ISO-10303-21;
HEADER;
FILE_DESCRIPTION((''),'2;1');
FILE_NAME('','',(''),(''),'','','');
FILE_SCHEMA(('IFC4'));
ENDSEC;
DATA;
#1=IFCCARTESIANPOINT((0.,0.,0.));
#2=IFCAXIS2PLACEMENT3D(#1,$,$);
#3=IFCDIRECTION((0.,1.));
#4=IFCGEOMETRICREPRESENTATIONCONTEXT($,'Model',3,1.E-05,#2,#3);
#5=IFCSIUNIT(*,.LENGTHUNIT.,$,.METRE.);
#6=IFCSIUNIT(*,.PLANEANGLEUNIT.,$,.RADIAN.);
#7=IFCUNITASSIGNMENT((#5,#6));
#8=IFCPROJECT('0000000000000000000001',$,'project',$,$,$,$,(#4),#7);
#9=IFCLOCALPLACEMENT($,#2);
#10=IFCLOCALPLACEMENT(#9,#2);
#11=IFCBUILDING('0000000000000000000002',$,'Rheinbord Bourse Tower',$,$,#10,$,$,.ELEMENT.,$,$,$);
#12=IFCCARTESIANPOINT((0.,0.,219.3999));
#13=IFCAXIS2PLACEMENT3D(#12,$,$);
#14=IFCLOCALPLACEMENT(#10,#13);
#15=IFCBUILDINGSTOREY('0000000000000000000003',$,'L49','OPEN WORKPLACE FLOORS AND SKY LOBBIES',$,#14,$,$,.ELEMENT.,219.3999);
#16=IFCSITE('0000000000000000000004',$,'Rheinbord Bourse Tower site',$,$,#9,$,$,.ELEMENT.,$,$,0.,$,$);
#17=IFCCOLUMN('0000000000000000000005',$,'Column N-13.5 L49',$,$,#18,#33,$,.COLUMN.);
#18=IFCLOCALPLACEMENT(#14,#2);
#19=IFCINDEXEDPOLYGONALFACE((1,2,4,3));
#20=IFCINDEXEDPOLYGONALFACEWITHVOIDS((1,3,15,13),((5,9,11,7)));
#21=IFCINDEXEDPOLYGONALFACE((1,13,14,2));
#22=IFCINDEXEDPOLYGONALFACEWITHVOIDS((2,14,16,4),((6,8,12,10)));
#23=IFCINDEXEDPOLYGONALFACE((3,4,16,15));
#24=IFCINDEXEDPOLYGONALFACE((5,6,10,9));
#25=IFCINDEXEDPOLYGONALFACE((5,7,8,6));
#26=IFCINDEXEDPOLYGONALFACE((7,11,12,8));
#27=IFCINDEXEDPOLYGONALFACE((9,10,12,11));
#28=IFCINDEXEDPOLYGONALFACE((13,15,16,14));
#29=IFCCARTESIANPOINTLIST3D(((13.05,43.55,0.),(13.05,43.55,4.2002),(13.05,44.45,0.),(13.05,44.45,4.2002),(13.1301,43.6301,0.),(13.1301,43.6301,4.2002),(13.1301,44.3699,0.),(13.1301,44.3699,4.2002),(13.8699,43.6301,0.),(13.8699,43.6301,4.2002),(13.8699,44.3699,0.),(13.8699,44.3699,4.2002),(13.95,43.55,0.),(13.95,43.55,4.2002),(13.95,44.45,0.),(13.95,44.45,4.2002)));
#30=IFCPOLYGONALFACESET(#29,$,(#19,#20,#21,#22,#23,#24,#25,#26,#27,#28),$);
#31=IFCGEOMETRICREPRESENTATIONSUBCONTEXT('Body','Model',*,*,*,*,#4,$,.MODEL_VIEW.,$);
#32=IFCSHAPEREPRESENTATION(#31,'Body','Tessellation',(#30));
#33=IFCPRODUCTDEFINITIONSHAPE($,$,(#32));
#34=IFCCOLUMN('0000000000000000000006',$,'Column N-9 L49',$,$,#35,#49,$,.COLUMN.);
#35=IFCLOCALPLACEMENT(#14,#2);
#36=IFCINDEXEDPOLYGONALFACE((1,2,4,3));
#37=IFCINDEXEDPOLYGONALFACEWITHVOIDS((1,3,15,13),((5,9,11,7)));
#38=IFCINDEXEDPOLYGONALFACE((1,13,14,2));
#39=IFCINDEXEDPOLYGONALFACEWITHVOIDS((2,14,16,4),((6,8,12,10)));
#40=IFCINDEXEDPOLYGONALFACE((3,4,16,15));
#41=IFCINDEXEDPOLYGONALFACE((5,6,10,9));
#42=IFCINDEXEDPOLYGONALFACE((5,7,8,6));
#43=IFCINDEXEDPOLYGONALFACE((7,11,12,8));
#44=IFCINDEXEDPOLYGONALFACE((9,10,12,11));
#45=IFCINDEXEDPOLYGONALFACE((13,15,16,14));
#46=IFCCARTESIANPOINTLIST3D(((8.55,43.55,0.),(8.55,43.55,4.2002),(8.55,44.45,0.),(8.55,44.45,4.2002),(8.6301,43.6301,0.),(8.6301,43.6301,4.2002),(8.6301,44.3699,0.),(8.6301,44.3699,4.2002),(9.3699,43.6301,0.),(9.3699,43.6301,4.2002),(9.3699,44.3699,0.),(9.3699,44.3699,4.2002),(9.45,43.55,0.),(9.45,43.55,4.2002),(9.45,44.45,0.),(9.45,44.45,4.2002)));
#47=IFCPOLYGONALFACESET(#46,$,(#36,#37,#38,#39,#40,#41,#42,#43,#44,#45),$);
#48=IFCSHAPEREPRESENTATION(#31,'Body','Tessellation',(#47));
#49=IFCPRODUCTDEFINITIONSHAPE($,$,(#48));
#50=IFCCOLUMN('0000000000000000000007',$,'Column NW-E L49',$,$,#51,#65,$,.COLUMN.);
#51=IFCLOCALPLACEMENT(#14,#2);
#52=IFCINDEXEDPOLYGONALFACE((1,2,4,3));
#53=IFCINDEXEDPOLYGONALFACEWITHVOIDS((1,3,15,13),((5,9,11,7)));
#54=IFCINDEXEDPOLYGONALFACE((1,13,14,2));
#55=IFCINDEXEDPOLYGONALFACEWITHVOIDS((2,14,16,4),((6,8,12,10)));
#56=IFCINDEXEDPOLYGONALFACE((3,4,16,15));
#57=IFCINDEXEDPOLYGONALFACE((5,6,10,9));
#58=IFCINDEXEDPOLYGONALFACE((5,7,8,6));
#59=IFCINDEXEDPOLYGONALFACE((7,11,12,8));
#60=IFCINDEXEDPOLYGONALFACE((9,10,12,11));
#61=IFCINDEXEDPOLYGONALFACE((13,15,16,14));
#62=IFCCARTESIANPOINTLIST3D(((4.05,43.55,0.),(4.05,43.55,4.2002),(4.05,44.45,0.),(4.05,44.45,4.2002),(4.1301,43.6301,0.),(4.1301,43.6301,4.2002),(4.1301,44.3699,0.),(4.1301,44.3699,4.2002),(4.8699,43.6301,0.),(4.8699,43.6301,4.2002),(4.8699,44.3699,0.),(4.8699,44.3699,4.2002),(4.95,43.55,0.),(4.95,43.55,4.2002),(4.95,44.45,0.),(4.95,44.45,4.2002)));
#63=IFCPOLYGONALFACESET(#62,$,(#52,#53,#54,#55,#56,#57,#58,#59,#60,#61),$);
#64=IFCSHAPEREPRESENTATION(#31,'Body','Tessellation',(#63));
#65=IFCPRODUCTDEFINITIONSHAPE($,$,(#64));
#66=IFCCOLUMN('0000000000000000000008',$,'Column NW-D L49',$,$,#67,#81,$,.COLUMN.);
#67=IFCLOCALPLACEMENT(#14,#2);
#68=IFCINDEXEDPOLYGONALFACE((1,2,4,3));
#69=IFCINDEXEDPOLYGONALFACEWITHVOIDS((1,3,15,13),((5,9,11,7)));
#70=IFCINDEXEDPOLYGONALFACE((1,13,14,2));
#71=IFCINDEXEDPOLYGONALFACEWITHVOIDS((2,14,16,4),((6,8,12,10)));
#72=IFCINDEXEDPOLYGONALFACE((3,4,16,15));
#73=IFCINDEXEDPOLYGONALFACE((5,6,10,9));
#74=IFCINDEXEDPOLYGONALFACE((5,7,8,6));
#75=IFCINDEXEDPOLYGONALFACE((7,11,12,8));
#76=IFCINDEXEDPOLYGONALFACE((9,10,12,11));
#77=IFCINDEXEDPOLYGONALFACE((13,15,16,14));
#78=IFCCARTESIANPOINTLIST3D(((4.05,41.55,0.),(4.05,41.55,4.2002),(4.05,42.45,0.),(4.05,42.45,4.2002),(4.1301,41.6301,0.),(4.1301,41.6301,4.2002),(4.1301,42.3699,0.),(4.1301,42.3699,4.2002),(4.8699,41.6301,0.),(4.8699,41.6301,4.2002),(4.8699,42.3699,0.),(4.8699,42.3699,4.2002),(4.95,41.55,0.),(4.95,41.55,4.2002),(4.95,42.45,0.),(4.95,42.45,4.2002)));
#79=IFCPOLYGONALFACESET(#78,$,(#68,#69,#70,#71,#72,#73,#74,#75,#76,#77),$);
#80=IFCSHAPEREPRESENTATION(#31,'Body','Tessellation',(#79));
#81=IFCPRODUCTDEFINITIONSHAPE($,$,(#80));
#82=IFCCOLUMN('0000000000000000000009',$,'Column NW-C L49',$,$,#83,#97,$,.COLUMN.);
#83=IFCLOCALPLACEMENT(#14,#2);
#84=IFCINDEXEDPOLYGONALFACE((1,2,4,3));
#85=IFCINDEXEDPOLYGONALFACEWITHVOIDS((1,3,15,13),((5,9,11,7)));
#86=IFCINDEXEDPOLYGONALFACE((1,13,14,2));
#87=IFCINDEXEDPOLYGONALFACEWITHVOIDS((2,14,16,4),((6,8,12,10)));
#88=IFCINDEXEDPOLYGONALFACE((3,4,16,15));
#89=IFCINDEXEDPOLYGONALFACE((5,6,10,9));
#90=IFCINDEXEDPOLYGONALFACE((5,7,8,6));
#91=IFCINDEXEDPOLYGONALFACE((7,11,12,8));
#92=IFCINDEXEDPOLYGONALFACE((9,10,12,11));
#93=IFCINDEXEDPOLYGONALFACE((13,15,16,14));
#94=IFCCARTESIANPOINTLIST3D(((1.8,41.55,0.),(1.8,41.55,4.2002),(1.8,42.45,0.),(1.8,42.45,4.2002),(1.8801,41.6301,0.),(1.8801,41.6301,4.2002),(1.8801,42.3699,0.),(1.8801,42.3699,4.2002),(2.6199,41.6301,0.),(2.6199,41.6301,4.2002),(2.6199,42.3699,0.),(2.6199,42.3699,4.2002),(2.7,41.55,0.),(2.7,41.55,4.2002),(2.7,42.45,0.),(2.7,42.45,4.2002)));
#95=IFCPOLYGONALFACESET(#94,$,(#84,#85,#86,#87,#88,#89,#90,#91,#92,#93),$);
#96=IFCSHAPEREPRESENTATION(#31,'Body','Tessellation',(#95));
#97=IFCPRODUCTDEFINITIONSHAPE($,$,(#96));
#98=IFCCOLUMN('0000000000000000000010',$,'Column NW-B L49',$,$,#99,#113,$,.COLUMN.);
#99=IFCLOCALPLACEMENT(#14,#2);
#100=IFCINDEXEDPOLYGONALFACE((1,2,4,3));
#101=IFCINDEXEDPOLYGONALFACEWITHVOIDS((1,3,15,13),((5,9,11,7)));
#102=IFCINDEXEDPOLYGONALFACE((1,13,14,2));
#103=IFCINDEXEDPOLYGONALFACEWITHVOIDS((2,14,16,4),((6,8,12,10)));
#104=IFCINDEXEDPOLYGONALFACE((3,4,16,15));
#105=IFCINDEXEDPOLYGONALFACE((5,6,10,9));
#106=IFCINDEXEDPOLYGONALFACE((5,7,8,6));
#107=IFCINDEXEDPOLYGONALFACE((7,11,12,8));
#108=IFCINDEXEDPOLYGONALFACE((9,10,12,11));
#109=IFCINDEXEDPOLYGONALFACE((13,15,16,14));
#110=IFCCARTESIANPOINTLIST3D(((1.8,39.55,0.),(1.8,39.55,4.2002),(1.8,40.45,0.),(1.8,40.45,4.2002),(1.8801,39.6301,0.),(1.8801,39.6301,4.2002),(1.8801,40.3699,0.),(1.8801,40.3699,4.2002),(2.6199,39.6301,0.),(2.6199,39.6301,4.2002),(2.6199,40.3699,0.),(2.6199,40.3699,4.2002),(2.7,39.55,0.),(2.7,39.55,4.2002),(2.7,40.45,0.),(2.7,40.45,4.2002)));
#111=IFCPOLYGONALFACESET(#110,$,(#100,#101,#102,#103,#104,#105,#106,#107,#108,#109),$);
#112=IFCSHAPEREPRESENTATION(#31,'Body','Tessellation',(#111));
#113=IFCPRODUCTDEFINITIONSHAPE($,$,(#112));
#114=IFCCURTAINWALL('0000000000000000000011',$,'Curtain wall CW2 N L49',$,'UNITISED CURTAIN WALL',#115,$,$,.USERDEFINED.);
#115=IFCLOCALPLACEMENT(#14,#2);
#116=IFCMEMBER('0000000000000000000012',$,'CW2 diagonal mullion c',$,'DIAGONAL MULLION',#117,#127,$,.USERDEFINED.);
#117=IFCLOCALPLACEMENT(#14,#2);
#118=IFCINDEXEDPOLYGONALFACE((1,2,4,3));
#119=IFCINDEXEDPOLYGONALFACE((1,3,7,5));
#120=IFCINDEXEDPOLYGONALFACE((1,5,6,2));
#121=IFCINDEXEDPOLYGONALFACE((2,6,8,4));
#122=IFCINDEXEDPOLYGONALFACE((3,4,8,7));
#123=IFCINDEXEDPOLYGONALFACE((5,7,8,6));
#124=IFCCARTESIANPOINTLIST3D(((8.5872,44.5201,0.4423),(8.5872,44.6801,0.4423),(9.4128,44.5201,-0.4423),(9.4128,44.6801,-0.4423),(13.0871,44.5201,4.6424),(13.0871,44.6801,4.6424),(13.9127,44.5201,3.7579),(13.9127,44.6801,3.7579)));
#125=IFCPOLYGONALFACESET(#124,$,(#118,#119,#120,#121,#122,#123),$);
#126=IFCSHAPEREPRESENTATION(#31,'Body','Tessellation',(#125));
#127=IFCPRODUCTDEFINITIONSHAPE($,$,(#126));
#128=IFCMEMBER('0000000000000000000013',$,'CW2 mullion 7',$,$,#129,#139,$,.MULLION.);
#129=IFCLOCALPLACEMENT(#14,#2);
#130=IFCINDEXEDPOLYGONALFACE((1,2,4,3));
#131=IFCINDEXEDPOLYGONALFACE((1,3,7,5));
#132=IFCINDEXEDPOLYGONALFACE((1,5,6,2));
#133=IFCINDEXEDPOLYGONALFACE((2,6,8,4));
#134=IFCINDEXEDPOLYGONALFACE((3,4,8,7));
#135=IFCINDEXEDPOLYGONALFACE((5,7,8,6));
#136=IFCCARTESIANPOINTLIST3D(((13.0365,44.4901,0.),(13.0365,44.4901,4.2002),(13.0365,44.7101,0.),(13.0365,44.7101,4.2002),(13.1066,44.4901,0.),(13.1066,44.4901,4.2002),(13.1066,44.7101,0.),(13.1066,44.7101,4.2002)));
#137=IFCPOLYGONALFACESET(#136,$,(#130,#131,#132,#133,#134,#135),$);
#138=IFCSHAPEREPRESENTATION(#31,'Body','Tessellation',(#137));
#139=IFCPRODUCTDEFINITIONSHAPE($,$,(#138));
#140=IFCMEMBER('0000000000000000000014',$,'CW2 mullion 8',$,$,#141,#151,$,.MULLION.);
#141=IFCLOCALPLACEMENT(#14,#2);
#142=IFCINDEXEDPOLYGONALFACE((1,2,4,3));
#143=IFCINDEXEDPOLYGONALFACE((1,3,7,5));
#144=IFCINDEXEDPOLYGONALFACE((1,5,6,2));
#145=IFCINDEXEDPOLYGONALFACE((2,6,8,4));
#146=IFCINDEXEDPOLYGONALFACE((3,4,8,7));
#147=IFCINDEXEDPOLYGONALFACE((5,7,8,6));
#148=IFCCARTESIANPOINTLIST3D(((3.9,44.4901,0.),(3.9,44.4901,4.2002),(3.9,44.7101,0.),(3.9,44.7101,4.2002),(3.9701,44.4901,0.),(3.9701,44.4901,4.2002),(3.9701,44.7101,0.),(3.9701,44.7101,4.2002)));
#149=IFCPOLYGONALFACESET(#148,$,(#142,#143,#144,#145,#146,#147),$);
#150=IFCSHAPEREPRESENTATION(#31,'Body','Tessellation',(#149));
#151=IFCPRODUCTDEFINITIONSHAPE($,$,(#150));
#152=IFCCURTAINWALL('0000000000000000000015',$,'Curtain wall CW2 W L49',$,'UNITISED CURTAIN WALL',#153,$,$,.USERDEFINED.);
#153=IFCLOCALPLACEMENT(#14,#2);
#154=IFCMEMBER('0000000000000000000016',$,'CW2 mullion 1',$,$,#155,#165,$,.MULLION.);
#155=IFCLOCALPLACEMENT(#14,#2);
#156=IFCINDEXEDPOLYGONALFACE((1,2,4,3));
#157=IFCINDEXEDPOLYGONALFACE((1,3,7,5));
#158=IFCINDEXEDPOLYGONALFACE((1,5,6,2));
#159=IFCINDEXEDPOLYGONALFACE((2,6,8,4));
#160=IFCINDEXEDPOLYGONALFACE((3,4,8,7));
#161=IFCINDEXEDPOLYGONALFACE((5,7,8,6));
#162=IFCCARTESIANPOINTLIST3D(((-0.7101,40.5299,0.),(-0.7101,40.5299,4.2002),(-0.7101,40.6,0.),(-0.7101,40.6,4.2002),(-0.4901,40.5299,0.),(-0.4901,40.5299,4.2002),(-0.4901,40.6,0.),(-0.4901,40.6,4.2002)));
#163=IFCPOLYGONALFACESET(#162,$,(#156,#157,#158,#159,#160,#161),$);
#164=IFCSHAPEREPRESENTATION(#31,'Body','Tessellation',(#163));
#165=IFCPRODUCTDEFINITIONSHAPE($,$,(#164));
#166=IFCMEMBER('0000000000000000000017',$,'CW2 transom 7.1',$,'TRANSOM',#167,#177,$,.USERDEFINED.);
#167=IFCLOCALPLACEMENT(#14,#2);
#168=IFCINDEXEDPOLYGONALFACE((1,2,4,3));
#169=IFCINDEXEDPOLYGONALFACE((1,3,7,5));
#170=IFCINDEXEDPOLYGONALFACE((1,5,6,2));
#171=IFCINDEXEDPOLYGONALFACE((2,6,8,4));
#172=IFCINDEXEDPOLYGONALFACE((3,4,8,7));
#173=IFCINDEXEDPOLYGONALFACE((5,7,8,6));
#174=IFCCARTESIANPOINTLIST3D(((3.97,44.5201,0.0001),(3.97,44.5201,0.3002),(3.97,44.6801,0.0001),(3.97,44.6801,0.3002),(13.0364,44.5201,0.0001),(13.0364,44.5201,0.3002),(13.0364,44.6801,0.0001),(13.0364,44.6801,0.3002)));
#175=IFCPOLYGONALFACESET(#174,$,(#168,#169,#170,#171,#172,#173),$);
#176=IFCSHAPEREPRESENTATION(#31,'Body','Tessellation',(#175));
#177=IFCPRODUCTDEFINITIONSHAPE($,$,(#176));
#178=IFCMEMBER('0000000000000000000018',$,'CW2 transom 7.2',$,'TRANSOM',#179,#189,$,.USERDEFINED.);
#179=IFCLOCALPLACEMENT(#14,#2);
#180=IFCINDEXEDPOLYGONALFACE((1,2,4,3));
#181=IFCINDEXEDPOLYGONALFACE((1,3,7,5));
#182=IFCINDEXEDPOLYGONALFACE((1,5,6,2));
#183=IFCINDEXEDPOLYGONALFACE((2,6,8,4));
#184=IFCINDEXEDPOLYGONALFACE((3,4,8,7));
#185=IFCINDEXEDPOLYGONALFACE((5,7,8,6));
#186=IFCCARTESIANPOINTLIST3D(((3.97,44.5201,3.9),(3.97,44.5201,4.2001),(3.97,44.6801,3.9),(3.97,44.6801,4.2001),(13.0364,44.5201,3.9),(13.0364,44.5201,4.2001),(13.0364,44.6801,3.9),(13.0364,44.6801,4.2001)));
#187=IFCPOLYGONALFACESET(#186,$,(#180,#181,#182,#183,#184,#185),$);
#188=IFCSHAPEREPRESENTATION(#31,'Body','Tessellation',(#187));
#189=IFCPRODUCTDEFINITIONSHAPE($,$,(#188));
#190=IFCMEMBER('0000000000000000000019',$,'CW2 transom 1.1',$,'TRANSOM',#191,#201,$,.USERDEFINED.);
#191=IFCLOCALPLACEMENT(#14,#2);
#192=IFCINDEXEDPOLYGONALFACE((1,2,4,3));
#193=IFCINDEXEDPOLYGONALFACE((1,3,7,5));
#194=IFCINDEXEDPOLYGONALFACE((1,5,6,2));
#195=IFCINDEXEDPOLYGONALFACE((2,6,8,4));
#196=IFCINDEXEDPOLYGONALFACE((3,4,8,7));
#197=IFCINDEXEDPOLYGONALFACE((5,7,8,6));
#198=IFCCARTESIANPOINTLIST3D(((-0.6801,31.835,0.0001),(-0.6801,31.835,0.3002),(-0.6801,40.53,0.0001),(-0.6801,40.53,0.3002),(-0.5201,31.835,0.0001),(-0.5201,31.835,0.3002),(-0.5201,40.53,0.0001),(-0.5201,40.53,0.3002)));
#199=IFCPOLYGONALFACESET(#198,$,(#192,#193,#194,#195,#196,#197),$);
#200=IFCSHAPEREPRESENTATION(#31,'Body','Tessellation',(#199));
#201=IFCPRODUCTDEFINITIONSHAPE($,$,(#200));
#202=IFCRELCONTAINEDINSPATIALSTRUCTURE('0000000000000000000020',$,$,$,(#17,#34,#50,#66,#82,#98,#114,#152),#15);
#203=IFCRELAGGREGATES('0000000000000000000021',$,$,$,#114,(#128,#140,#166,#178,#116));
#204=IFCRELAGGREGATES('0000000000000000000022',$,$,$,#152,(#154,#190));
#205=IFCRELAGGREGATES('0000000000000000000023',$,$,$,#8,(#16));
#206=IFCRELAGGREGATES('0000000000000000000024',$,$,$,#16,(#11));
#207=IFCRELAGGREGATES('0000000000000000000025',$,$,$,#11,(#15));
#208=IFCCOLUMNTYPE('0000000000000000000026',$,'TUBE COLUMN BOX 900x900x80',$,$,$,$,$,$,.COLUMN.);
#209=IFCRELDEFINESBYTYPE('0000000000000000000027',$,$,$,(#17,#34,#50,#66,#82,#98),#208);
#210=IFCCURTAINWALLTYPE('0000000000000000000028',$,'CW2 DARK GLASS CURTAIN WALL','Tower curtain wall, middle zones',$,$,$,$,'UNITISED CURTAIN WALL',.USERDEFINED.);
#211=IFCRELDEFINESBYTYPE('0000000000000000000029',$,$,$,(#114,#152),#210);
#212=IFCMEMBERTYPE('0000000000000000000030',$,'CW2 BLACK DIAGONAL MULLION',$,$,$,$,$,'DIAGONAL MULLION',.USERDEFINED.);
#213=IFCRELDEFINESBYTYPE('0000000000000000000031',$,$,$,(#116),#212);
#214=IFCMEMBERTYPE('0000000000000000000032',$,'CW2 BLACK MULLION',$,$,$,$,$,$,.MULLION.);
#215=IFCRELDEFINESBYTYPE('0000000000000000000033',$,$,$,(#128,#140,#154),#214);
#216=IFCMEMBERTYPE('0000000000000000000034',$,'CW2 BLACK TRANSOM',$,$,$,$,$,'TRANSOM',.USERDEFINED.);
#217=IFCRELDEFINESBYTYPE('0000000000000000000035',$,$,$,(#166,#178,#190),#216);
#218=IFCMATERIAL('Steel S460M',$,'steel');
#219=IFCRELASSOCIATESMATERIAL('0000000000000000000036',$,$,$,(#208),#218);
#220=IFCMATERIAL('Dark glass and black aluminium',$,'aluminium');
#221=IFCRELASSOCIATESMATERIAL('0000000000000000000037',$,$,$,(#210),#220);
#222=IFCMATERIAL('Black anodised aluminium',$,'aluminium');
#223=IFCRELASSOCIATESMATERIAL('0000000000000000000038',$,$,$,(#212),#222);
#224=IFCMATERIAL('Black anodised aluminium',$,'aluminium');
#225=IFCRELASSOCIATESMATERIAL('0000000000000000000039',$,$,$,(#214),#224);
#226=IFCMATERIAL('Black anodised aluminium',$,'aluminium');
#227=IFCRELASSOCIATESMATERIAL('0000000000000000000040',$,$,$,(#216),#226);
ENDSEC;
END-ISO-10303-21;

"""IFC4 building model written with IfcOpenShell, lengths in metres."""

from ifc_helpers import new_model, si_unit, direction, frame, origin, origin_2d, place, context, subcontext, project, spatial, rectangle, hollow_rectangle, extrude, material, material_profile, profile_set, type_object, element, aggregate, save


model = new_model("IFC4")

# Units and contexts
model_context = context("Model", 3, precision=1e-05, world=origin(), true_north=direction((0.0, 1.0)))
body_context = subcontext(model_context, "Body", "Model", "MODEL_VIEW")
ifc_project = project(units=[si_unit("LENGTHUNIT", "METRE"), si_unit("PLANEANGLEUNIT", "RADIAN")], contexts=[model_context])

# Site, building, storey
site_placement = place(None, origin())
site = spatial("IfcSite", under=ifc_project, at=site_placement, Name="Rheinbord Bourse Tower site", CompositionType="ELEMENT", RefElevation=0.0)
building_placement = place(site_placement, origin())
building = spatial("IfcBuilding", under=site, at=building_placement, Name="Rheinbord Bourse Tower", CompositionType="ELEMENT")
storey_placement = place(building_placement, frame((0.0, 0.0, 219.3999)))
storey = spatial("IfcBuildingStorey", under=building, at=storey_placement, Name="L49", Description="OPEN WORKPLACE FLOORS AND SKY LOBBIES", CompositionType="ELEMENT", Elevation=219.3999)

# Columns
ifc_material_1 = material(Name="Steel S460M", Category="steel")
ifc_material_profile_1 = material_profile(ifc_material_1, hollow_rectangle(XDim=0.8999, YDim=0.8999, WallThickness=0.0801, at=origin_2d()), Name="BOX 900x900x80")
ifc_profile_set_1 = profile_set([ifc_material_profile_1], Name="Steel S460M")
column_type = type_object("IfcColumnType", Name="TUBE COLUMN BOX 900x900x80", PredefinedType="COLUMN", material=ifc_profile_set_1)
for number, where, z_axis, x_axis, name in (
    (1, (13.5, 44.0, 0.0), (0.0, 0.0, 1.0), (0.0, 1.0, 0.0), "Column N-13.5 L49"),
    (2, (9.0, 44.0, 0.0), (0.0, 0.0, 1.0), (0.0, 1.0, 0.0), "Column N-9 L49"),
    (3, (4.5, 44.0, 0.0), (0.0, 0.0, 1.0), (0.0, 1.0, 0.0), "Column NW-E L49"),
    (4, (4.5, 42.0, 0.0), (0.0, 0.0, 1.0), (0.0, 1.0, 0.0), "Column NW-D L49"),
    (5, (2.25, 42.0, 0.0), (0.0, 0.0, 1.0), (1.0, 0.0, 0.0), "Column NW-C L49"),
    (6, (2.25, 40.0, 0.0), (0.0, 0.0, 1.0), (1.0, 0.0, 0.0), "Column NW-B L49"),
):
    element("IfcColumn", number, at=place(storey_placement, frame(where, z_axis=z_axis, x_axis=x_axis)), inside=storey, type_object=column_type, Name=name, PredefinedType="COLUMN", context=body_context, shape_type="SweptSolid", body=[
        extrude(hollow_rectangle(XDim=0.8999, YDim=0.8999, WallThickness=0.0801, at=origin_2d()), origin(), (0.0, 0.0, 1.0), 4.2002),
    ])

# Curtain wall, members
ifc_material_2 = material(Name="Dark glass and black aluminium", Category="aluminium")
curtain_wall_type = type_object("IfcCurtainWallType", Name="CW2 DARK GLASS CURTAIN WALL", Description="Tower curtain wall, middle zones", ElementType="UNITISED CURTAIN WALL", PredefinedType="USERDEFINED", material=ifc_material_2)
curtain_wall_1_placement = place(storey_placement, origin())
curtain_wall_1 = element("IfcCurtainWall", 7, at=curtain_wall_1_placement, inside=storey, type_object=curtain_wall_type, Name="Curtain wall CW2 N L49", ObjectType="UNITISED CURTAIN WALL", PredefinedType="USERDEFINED")
ifc_material_3 = material(Name="Black anodised aluminium", Category="aluminium")
ifc_material_profile_2 = material_profile(ifc_material_3, rectangle(XDim=0.1599, YDim=1.21, at=origin_2d()), Name="CW2 DIAGONAL MULLION 1210x160")
ifc_profile_set_2 = profile_set([ifc_material_profile_2], Name="Black anodised aluminium")
member_type_1 = type_object("IfcMemberType", Name="CW2 BLACK DIAGONAL MULLION", ElementType="DIAGONAL MULLION", PredefinedType="USERDEFINED", material=ifc_profile_set_2)
member_1_placement = place(storey_placement, frame((9.0, 44.6001, 0.0), z_axis=(0.731039, 0.0, 0.682335), x_axis=(0.0, 1.0, 0.0)))
member_1 = element("IfcMember", 8, at=member_1_placement, type_object=member_type_1, Name="CW2 diagonal mullion c", ObjectType="DIAGONAL MULLION", PredefinedType="USERDEFINED", context=body_context, shape_type="SweptSolid", body=[
    extrude(rectangle(XDim=0.1599, YDim=1.21, at=origin_2d()), origin(), (0.0, 0.0, 1.0), 6.1555),
])
ifc_material_4 = material(Name="Black anodised aluminium", Category="aluminium")
ifc_material_profile_3 = material_profile(ifc_material_4, rectangle(XDim=0.22, YDim=0.0701, at=origin_2d()), Name="CW2 MULLION 70x220")
ifc_profile_set_3 = profile_set([ifc_material_profile_3], Name="Black anodised aluminium")
member_type_2 = type_object("IfcMemberType", Name="CW2 BLACK MULLION", PredefinedType="MULLION", material=ifc_profile_set_3)
member_2_placement = place(storey_placement, frame((13.0715, 44.6001, 0.0), z_axis=(0.0, 0.0, 1.0), x_axis=(0.0, -1.0, 0.0)))
member_2 = element("IfcMember", 9, at=member_2_placement, type_object=member_type_2, Name="CW2 mullion 7", PredefinedType="MULLION", context=body_context, shape_type="SweptSolid", body=[
    extrude(rectangle(XDim=0.22, YDim=0.0701, at=origin_2d()), origin(), (0.0, 0.0, 1.0), 4.2002),
])
member_3_placement = place(storey_placement, frame((3.9351, 44.6001, 0.0), z_axis=(0.0, 0.0, 1.0), x_axis=(0.0, -1.0, 0.0)))
member_3 = element("IfcMember", 10, at=member_3_placement, type_object=member_type_2, Name="CW2 mullion 8", PredefinedType="MULLION", context=body_context, shape_type="SweptSolid", body=[
    extrude(rectangle(XDim=0.22, YDim=0.0701, at=origin_2d()), origin(), (0.0, 0.0, 1.0), 4.2002),
])

# Curtain wall, member
curtain_wall_2_placement = place(storey_placement, origin())
curtain_wall_2 = element("IfcCurtainWall", 11, at=curtain_wall_2_placement, inside=storey, type_object=curtain_wall_type, Name="Curtain wall CW2 W L49", ObjectType="UNITISED CURTAIN WALL", PredefinedType="USERDEFINED")
member_4_placement = place(storey_placement, frame((-0.6001, 40.5649, 0.0), z_axis=(0.0, 0.0, 1.0), x_axis=(1.0, 0.0, 0.0)))
member_4 = element("IfcMember", 12, at=member_4_placement, type_object=member_type_2, Name="CW2 mullion 1", PredefinedType="MULLION", context=body_context, shape_type="SweptSolid", body=[
    extrude(rectangle(XDim=0.22, YDim=0.0701, at=origin_2d()), origin(), (0.0, 0.0, 1.0), 4.2002),
])

# Members
ifc_material_5 = material(Name="Black anodised aluminium", Category="aluminium")
ifc_material_profile_4 = material_profile(ifc_material_5, rectangle(XDim=0.1599, YDim=0.3, at=origin_2d()), Name="CW2 TRANSOM 300x160")
ifc_profile_set_4 = profile_set([ifc_material_profile_4], Name="Black anodised aluminium")
member_type_3 = type_object("IfcMemberType", Name="CW2 BLACK TRANSOM", ElementType="TRANSOM", PredefinedType="USERDEFINED", material=ifc_profile_set_4)
member_5_placement = place(storey_placement, frame((13.0364, 44.6001, 0.1501), z_axis=(-1.0, 0.0, 0.0), x_axis=(0.0, -1.0, 0.0)))
member_5 = element("IfcMember", 13, at=member_5_placement, type_object=member_type_3, Name="CW2 transom 7.1", ObjectType="TRANSOM", PredefinedType="USERDEFINED", context=body_context, shape_type="SweptSolid", body=[
    extrude(rectangle(XDim=0.1599, YDim=0.3, at=origin_2d()), origin(), (0.0, 0.0, 1.0), 9.0664),
])
member_6_placement = place(storey_placement, frame((13.0364, 44.6001, 4.05), z_axis=(-1.0, 0.0, 0.0), x_axis=(0.0, -1.0, 0.0)))
member_6 = element("IfcMember", 14, at=member_6_placement, type_object=member_type_3, Name="CW2 transom 7.2", ObjectType="TRANSOM", PredefinedType="USERDEFINED", context=body_context, shape_type="SweptSolid", body=[
    extrude(rectangle(XDim=0.1599, YDim=0.3, at=origin_2d()), origin(), (0.0, 0.0, 1.0), 9.0664),
])
member_7_placement = place(storey_placement, frame((-0.6001, 40.53, 0.1501), z_axis=(0.0, -1.0, 0.0), x_axis=(1.0, 0.0, 0.0)))
member_7 = element("IfcMember", 15, at=member_7_placement, type_object=member_type_3, Name="CW2 transom 1.1", ObjectType="TRANSOM", PredefinedType="USERDEFINED", context=body_context, shape_type="SweptSolid", body=[
    extrude(rectangle(XDim=0.1599, YDim=0.3, at=origin_2d()), origin(), (0.0, 0.0, 1.0), 8.6951),
])

aggregate(curtain_wall_1, [member_2, member_3, member_5, member_6, member_1])
aggregate(curtain_wall_2, [member_4, member_7])

save(model, "model.ifc")
